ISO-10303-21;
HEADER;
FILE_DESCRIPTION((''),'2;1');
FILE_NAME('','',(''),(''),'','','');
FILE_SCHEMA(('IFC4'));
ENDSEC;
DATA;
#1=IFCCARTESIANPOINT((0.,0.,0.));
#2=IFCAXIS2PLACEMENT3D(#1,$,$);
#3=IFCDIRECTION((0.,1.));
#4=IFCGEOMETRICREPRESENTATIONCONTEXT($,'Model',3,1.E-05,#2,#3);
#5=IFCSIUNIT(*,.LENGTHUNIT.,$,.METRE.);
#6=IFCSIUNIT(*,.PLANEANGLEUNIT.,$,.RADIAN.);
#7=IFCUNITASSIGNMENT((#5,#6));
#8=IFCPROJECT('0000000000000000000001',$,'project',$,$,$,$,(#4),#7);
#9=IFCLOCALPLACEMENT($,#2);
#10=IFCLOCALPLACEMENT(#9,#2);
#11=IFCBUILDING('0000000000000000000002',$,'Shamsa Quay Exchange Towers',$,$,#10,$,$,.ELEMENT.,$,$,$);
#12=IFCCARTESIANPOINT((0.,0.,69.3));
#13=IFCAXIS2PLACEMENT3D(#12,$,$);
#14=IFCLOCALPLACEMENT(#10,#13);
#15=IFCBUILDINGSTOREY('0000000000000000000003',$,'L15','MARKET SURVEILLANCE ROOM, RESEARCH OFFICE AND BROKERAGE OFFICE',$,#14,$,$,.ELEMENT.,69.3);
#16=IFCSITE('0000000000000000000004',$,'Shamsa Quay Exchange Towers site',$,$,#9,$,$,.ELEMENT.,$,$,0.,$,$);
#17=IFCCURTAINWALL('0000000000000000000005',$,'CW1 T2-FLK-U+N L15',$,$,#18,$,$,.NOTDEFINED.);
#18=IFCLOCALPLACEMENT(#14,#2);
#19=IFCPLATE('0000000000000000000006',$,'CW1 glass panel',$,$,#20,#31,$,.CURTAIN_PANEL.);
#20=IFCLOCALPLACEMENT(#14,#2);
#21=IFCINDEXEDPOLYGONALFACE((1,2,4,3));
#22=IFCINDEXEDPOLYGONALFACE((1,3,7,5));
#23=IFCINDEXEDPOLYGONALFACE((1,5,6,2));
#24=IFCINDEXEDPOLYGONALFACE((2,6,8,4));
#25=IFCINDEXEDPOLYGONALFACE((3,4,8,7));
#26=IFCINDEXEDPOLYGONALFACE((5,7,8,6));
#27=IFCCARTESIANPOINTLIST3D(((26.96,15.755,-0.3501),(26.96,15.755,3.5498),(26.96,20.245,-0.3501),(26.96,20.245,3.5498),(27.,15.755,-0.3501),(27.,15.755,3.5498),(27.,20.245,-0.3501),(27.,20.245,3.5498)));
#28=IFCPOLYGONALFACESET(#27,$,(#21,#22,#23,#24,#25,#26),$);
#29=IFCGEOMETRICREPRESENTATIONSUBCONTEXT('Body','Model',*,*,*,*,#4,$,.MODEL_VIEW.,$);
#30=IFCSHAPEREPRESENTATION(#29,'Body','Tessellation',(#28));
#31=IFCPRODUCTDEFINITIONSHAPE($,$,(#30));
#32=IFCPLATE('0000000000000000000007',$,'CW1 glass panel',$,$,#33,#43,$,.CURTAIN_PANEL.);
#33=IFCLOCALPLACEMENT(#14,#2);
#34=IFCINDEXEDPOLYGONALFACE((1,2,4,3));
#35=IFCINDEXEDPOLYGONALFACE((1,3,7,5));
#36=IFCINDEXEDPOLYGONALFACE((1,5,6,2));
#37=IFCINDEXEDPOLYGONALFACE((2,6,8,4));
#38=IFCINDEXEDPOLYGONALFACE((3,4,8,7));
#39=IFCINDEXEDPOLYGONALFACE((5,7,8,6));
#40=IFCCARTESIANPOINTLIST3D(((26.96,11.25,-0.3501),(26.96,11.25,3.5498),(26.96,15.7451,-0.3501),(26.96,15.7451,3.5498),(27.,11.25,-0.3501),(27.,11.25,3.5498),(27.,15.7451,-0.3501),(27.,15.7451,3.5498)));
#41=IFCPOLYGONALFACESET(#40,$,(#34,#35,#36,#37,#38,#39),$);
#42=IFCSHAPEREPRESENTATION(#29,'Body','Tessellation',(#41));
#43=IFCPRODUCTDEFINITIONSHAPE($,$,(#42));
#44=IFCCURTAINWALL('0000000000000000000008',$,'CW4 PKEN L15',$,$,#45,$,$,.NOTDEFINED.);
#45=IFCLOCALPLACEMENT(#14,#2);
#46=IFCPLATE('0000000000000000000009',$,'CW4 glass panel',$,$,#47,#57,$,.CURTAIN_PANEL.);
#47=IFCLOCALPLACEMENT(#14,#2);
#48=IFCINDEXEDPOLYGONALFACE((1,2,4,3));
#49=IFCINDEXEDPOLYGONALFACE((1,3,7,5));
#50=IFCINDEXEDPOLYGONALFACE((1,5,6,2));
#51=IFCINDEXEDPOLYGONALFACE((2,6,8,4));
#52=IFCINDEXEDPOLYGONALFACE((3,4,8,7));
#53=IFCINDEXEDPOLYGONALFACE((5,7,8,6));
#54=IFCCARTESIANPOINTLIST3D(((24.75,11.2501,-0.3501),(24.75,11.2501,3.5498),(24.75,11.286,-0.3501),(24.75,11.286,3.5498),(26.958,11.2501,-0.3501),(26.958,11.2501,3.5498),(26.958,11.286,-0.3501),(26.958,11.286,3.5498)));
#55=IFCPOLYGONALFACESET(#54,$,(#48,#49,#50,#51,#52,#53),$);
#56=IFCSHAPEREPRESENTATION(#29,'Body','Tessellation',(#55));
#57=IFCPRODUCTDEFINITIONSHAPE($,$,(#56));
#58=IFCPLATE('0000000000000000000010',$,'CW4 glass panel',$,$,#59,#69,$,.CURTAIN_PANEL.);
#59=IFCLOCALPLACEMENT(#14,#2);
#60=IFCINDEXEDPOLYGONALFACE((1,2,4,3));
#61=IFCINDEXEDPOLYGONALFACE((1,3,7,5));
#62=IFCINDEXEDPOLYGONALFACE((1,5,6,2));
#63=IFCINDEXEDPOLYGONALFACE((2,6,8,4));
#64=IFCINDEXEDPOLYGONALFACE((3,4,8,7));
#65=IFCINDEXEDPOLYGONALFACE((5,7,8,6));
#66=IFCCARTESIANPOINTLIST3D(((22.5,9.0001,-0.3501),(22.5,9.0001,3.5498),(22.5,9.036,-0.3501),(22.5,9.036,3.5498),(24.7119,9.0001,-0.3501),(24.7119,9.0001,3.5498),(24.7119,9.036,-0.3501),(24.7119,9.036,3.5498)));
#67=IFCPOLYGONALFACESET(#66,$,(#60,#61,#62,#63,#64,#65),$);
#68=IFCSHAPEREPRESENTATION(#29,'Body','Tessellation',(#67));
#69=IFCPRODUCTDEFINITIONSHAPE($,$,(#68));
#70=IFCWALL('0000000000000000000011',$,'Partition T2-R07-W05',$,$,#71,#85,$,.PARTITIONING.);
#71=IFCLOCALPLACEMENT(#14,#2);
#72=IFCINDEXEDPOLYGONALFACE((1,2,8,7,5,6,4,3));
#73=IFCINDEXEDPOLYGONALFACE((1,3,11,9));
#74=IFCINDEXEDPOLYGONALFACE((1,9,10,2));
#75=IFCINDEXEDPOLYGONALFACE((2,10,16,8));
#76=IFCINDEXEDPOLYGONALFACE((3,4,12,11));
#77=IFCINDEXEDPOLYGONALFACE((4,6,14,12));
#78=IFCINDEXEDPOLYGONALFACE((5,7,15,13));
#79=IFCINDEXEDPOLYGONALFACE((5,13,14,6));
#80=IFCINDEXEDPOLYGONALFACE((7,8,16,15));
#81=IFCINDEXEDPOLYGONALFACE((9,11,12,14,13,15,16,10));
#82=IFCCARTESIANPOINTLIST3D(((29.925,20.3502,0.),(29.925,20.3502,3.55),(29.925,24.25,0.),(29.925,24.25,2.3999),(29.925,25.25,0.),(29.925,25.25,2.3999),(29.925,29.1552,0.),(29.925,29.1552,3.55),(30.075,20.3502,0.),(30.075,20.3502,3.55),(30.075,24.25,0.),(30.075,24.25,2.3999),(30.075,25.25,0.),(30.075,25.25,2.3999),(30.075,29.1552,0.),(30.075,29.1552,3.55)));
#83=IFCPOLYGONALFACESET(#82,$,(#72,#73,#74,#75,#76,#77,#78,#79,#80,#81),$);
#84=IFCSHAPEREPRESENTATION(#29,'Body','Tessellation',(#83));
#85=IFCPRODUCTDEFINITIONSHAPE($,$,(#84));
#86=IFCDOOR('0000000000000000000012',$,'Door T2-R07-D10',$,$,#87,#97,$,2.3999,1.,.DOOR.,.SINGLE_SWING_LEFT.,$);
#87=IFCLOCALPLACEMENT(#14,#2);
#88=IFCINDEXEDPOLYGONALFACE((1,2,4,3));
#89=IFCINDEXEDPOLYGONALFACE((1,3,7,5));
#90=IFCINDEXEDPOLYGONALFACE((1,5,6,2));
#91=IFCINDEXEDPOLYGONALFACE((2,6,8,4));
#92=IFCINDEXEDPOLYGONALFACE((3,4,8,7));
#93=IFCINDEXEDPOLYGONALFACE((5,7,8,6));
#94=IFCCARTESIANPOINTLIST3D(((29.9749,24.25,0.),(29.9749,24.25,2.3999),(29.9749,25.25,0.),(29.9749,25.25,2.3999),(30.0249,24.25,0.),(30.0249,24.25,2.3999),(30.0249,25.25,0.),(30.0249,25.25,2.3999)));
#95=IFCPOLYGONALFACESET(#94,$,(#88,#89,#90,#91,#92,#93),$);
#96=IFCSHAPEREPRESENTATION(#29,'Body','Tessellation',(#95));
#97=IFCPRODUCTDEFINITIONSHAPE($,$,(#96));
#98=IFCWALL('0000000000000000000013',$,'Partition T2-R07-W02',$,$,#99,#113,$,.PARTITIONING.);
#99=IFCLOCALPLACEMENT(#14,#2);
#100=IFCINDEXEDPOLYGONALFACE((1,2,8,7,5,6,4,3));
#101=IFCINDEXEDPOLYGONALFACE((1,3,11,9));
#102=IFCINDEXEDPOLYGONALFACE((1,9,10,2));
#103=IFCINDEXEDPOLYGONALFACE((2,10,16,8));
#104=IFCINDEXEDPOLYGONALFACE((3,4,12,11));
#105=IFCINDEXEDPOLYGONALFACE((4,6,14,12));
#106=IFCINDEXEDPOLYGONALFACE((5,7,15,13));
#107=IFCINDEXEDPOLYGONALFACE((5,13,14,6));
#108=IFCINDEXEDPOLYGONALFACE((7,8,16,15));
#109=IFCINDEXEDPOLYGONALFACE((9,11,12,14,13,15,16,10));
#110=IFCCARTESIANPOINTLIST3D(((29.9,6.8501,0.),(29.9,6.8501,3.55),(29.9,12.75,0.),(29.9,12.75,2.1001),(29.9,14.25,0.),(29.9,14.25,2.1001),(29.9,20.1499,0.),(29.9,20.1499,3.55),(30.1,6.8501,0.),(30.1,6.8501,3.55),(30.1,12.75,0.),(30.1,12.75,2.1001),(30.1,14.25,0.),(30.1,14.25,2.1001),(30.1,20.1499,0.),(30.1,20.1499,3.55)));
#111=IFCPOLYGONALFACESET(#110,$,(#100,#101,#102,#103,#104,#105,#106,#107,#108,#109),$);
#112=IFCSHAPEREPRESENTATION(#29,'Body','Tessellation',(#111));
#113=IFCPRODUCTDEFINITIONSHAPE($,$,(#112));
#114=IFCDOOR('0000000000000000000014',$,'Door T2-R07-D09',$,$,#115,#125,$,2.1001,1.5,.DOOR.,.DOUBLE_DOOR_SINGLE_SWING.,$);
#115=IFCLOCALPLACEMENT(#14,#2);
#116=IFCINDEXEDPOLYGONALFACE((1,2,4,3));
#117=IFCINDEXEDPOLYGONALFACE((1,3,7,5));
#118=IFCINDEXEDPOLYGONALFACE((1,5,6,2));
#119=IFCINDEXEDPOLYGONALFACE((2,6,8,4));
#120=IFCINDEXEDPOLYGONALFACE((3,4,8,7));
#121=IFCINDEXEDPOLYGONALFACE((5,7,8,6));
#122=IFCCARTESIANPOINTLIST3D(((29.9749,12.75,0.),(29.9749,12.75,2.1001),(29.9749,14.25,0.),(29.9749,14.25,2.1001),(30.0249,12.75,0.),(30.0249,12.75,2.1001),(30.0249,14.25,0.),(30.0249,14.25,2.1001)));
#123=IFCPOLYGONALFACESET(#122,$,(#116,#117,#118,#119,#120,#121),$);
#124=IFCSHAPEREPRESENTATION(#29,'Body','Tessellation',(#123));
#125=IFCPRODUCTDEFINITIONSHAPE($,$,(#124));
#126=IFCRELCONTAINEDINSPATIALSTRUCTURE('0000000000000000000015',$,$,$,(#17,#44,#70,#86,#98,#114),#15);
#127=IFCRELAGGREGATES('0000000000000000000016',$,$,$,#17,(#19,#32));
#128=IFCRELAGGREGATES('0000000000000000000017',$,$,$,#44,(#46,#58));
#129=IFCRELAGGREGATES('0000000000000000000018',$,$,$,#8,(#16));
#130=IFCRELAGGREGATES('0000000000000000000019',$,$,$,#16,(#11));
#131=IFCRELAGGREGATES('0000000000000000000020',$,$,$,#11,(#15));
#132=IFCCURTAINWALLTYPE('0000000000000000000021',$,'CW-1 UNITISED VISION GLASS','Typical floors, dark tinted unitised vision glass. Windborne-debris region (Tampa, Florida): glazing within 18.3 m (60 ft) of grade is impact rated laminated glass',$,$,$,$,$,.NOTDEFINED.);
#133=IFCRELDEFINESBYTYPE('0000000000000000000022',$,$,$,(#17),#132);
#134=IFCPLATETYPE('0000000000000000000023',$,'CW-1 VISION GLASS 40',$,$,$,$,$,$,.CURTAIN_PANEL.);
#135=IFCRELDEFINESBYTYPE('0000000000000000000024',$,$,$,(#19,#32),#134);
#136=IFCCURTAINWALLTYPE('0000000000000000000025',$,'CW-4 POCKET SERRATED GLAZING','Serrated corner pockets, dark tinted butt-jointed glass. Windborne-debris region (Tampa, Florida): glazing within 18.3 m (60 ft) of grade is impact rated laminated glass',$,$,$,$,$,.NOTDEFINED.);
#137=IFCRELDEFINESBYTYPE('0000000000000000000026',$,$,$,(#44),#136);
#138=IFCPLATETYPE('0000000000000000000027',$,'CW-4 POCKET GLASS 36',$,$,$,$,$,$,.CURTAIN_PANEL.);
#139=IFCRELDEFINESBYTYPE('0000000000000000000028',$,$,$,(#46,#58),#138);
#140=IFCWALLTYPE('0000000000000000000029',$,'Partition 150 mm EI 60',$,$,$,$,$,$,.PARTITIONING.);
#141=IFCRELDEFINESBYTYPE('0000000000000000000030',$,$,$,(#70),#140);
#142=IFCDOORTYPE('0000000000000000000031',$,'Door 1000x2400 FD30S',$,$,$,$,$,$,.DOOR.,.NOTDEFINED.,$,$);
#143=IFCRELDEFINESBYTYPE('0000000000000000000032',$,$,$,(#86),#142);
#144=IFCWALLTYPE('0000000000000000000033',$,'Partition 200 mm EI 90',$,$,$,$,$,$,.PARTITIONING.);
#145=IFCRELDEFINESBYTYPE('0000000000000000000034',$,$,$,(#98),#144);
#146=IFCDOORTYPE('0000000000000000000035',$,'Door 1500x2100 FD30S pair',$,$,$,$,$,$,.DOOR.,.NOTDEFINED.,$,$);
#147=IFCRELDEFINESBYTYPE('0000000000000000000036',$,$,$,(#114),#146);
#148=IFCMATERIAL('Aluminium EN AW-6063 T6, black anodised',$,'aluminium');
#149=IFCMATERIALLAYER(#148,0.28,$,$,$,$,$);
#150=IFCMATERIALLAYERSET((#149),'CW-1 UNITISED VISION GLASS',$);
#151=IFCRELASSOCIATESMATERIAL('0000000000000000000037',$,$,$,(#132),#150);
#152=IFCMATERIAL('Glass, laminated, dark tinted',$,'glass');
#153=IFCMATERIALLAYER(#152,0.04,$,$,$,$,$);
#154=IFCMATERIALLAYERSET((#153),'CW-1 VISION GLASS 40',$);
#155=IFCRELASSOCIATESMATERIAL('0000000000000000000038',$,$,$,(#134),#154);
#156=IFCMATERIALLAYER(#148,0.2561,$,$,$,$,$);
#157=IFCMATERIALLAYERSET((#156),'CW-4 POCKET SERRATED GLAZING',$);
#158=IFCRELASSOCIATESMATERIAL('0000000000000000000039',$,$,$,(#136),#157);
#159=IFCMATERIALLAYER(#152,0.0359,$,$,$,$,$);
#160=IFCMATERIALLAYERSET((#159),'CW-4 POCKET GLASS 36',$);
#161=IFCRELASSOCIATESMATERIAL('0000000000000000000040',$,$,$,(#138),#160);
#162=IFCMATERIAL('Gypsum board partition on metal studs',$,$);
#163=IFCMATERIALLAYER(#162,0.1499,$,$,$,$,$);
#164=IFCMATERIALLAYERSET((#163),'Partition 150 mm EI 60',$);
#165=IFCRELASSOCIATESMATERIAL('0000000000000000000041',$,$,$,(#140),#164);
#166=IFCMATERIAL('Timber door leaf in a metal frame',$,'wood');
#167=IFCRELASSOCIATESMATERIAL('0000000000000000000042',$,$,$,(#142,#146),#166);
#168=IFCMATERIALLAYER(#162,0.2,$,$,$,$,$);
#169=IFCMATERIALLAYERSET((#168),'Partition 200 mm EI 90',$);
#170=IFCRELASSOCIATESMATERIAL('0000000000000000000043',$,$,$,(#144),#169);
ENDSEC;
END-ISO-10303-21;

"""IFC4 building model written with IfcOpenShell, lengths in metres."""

from ifc_helpers import new_model, si_unit, direction, frame, frame_2d, origin, origin_2d, place, context, subcontext, project, spatial, rectangle, extrude, material, layer, layer_set, type_object, element, fill, aggregate, save


model = new_model("IFC4")

# Units and contexts
model_context = context("Model", 3, precision=1e-05, world=origin(), true_north=direction((0.0, 1.0)))
body_context = subcontext(model_context, "Body", "Model", "MODEL_VIEW")
ifc_project = project(units=[si_unit("LENGTHUNIT", "METRE"), si_unit("PLANEANGLEUNIT", "RADIAN")], contexts=[model_context])

# Site, building, storey
site_placement = place(None, origin())
site = spatial("IfcSite", under=ifc_project, at=site_placement, Name="Shamsa Quay Exchange Towers site", CompositionType="ELEMENT", RefElevation=0.0)
building_placement = place(site_placement, origin())
building = spatial("IfcBuilding", under=site, at=building_placement, Name="Shamsa Quay Exchange Towers", CompositionType="ELEMENT")
storey_placement = place(building_placement, frame((0.0, 0.0, 69.3)))
storey = spatial("IfcBuildingStorey", under=building, at=storey_placement, Name="L15", Description="MARKET SURVEILLANCE ROOM, RESEARCH OFFICE AND BROKERAGE OFFICE", CompositionType="ELEMENT", Elevation=69.3)

# Shared definitions
ifc_material_1 = material(Name="Aluminium EN AW-6063 T6, black anodised", Category="aluminium")
ifc_layer_1 = layer(ifc_material_1, 0.28)
ifc_layer_set_1 = layer_set([ifc_layer_1], Name="CW-1 UNITISED VISION GLASS")
curtain_wall_type_1 = type_object("IfcCurtainWallType", Name="CW-1 UNITISED VISION GLASS", Description="Typical floors, dark tinted unitised vision glass. Windborne-debris region (Tampa, Florida): glazing within 18.3 m (60 ft) of grade is impact rated laminated glass", PredefinedType="NOTDEFINED", material=ifc_layer_set_1)

# Curtain wall
curtain_wall_1_placement = place(storey_placement, origin())
curtain_wall_1 = element("IfcCurtainWall", 1, at=curtain_wall_1_placement, inside=storey, type_object=curtain_wall_type_1, Name="CW1 T2-FLK-U+N L15", PredefinedType="NOTDEFINED")

# Plates
ifc_material_2 = material(Name="Glass, laminated, dark tinted", Category="glass")
ifc_layer_2 = layer(ifc_material_2, 0.04)
ifc_layer_set_2 = layer_set([ifc_layer_2], Name="CW-1 VISION GLASS 40")
plate_type_1 = type_object("IfcPlateType", Name="CW-1 VISION GLASS 40", PredefinedType="CURTAIN_PANEL", material=ifc_layer_set_2)
plate_1_placement = place(storey_placement, frame((26.98, 18.0, -0.3501), z_axis=(0.0, 0.0, 1.0), x_axis=(0.0, -1.0, 0.0)))
plate_1 = element("IfcPlate", 2, at=plate_1_placement, type_object=plate_type_1, Name="CW1 glass panel", PredefinedType="CURTAIN_PANEL", context=body_context, shape_type="SweptSolid", body=[
    extrude(rectangle(XDim=4.49, YDim=0.04, at=origin_2d()), origin(), (0.0, 0.0, 1.0), 3.8999),
])
plate_2_placement = place(storey_placement, frame((26.98, 13.4976, -0.3501), z_axis=(0.0, 0.0, 1.0), x_axis=(0.0, -1.0, 0.0)))
plate_2 = element("IfcPlate", 3, at=plate_2_placement, type_object=plate_type_1, Name="CW1 glass panel", PredefinedType="CURTAIN_PANEL", context=body_context, shape_type="SweptSolid", body=[
    extrude(rectangle(XDim=4.4951, YDim=0.04, at=origin_2d()), origin(), (0.0, 0.0, 1.0), 3.8999),
])
aggregate(curtain_wall_1, [plate_1, plate_2])

# Curtain wall, plates
ifc_layer_3 = layer(ifc_material_1, 0.2561)
ifc_layer_set_3 = layer_set([ifc_layer_3], Name="CW-4 POCKET SERRATED GLAZING")
curtain_wall_type_2 = type_object("IfcCurtainWallType", Name="CW-4 POCKET SERRATED GLAZING", Description="Serrated corner pockets, dark tinted butt-jointed glass. Windborne-debris region (Tampa, Florida): glazing within 18.3 m (60 ft) of grade is impact rated laminated glass", PredefinedType="NOTDEFINED", material=ifc_layer_set_3)
curtain_wall_2_placement = place(storey_placement, origin())
curtain_wall_2 = element("IfcCurtainWall", 4, at=curtain_wall_2_placement, inside=storey, type_object=curtain_wall_type_2, Name="CW4 PKEN L15", PredefinedType="NOTDEFINED")
ifc_layer_4 = layer(ifc_material_2, 0.0359)
ifc_layer_set_4 = layer_set([ifc_layer_4], Name="CW-4 POCKET GLASS 36")
plate_type_2 = type_object("IfcPlateType", Name="CW-4 POCKET GLASS 36", PredefinedType="CURTAIN_PANEL", material=ifc_layer_set_4)
plate_3_placement = place(storey_placement, frame((25.854, 11.2681, -0.3501), z_axis=(0.0, 0.0, 1.0), x_axis=(-1.0, 0.0, 0.0)))
plate_3 = element("IfcPlate", 5, at=plate_3_placement, type_object=plate_type_2, Name="CW4 glass panel", PredefinedType="CURTAIN_PANEL", context=body_context, shape_type="SweptSolid", body=[
    extrude(rectangle(XDim=2.208, YDim=0.0359, at=origin_2d()), origin(), (0.0, 0.0, 1.0), 3.8999),
])
plate_4_placement = place(storey_placement, frame((23.606, 9.0181, -0.3501), z_axis=(0.0, 0.0, 1.0), x_axis=(-1.0, 0.0, 0.0)))
plate_4 = element("IfcPlate", 6, at=plate_4_placement, type_object=plate_type_2, Name="CW4 glass panel", PredefinedType="CURTAIN_PANEL", context=body_context, shape_type="SweptSolid", body=[
    extrude(rectangle(XDim=2.2119, YDim=0.0359, at=origin_2d()), origin(), (0.0, 0.0, 1.0), 3.8999),
])
aggregate(curtain_wall_2, [plate_3, plate_4])

# Walls, openings, doors
ifc_material_3 = material(Name="Gypsum board partition on metal studs")
ifc_layer_5 = layer(ifc_material_3, 0.1499)
ifc_layer_set_5 = layer_set([ifc_layer_5], Name="Partition 150 mm EI 60")
wall_type_1 = type_object("IfcWallType", Name="Partition 150 mm EI 60", PredefinedType="PARTITIONING", material=ifc_layer_set_5)
wall_1_placement = place(storey_placement, frame((30.0, 29.155, 0.0), z_axis=(0.0, 0.0, 1.0), x_axis=(0.0, -1.0, 0.0)))
wall_1 = element("IfcWall", 7, at=wall_1_placement, inside=storey, type_object=wall_type_1, Name="Partition T2-R07-W05", PredefinedType="PARTITIONING", context=body_context, shape_type="SweptSolid", body=[
    extrude(rectangle(XDim=8.8049, YDim=0.1499, at=frame_2d((4.4023, 0.0))), origin(), (0.0, 0.0, 1.0), 3.55),
])
opening_1_placement = place(wall_1_placement, frame((3.905, 0.0, 0.0)))
opening_1 = element("IfcOpeningElement", 8, at=opening_1_placement, cuts=wall_1, PredefinedType="OPENING", context=body_context, shape_type="SweptSolid", body=[
    extrude(rectangle(XDim=1.0, YDim=2.3999, at=frame_2d((0.5, 1.2))), frame((0.0, 0.085, 0.0), z_axis=(0.0, -1.0, 0.0), x_axis=(1.0, 0.0, 0.0)), (0.0, 0.0, 1.0), 0.1699),
])
ifc_material_4 = material(Name="Timber door leaf in a metal frame", Category="wood")
door_type_1 = type_object("IfcDoorType", Name="Door 1000x2400 FD30S", OperationType="NOTDEFINED", PredefinedType="DOOR", material=ifc_material_4)
door_1_placement = place(opening_1_placement, origin())
door_1 = element("IfcDoor", 9, at=door_1_placement, inside=storey, type_object=door_type_1, Name="Door T2-R07-D10", OperationType="SINGLE_SWING_LEFT", OverallHeight=2.3999, OverallWidth=1.0, PredefinedType="DOOR", context=body_context, shape_type="SweptSolid", body=[
    extrude(rectangle(XDim=1.0, YDim=2.3999, at=frame_2d((0.5, 1.2))), frame((0.0, 0.0249, 0.0), z_axis=(0.0, -1.0, 0.0), x_axis=(1.0, 0.0, 0.0)), (0.0, 0.0, 1.0), 0.05),
])
fill(opening_1, door_1)
ifc_layer_6 = layer(ifc_material_3, 0.2)
ifc_layer_set_6 = layer_set([ifc_layer_6], Name="Partition 200 mm EI 90")
wall_type_2 = type_object("IfcWallType", Name="Partition 200 mm EI 90", PredefinedType="PARTITIONING", material=ifc_layer_set_6)
wall_2_placement = place(storey_placement, frame((30.0, 20.1499, 0.0), z_axis=(0.0, 0.0, 1.0), x_axis=(0.0, -1.0, 0.0)))
wall_2 = element("IfcWall", 10, at=wall_2_placement, inside=storey, type_object=wall_type_2, Name="Partition T2-R07-W02", PredefinedType="PARTITIONING", context=body_context, shape_type="SweptSolid", body=[
    extrude(rectangle(XDim=13.2998, YDim=0.2, at=frame_2d((6.6499, 0.0))), origin(), (0.0, 0.0, 1.0), 3.55),
])
opening_2_placement = place(wall_2_placement, frame((5.8999, 0.0, 0.0)))
opening_2 = element("IfcOpeningElement", 11, at=opening_2_placement, cuts=wall_2, PredefinedType="OPENING", context=body_context, shape_type="SweptSolid", body=[
    extrude(rectangle(XDim=1.5, YDim=2.1001, at=frame_2d((0.75, 1.05))), frame((0.0, 0.1099, 0.0), z_axis=(0.0, -1.0, 0.0), x_axis=(1.0, 0.0, 0.0)), (0.0, 0.0, 1.0), 0.22),
])
door_type_2 = type_object("IfcDoorType", Name="Door 1500x2100 FD30S pair", OperationType="NOTDEFINED", PredefinedType="DOOR", material=ifc_material_4)
door_2_placement = place(opening_2_placement, origin())
door_2 = element("IfcDoor", 12, at=door_2_placement, inside=storey, type_object=door_type_2, Name="Door T2-R07-D09", OperationType="DOUBLE_DOOR_SINGLE_SWING", OverallHeight=2.1001, OverallWidth=1.5, PredefinedType="DOOR", context=body_context, shape_type="SweptSolid", body=[
    extrude(rectangle(XDim=1.5, YDim=2.1001, at=frame_2d((0.75, 1.05))), frame((0.0, 0.0249, 0.0), z_axis=(0.0, -1.0, 0.0), x_axis=(1.0, 0.0, 0.0)), (0.0, 0.0, 1.0), 0.05),
])
fill(opening_2, door_2)

save(model, "model.ifc")
